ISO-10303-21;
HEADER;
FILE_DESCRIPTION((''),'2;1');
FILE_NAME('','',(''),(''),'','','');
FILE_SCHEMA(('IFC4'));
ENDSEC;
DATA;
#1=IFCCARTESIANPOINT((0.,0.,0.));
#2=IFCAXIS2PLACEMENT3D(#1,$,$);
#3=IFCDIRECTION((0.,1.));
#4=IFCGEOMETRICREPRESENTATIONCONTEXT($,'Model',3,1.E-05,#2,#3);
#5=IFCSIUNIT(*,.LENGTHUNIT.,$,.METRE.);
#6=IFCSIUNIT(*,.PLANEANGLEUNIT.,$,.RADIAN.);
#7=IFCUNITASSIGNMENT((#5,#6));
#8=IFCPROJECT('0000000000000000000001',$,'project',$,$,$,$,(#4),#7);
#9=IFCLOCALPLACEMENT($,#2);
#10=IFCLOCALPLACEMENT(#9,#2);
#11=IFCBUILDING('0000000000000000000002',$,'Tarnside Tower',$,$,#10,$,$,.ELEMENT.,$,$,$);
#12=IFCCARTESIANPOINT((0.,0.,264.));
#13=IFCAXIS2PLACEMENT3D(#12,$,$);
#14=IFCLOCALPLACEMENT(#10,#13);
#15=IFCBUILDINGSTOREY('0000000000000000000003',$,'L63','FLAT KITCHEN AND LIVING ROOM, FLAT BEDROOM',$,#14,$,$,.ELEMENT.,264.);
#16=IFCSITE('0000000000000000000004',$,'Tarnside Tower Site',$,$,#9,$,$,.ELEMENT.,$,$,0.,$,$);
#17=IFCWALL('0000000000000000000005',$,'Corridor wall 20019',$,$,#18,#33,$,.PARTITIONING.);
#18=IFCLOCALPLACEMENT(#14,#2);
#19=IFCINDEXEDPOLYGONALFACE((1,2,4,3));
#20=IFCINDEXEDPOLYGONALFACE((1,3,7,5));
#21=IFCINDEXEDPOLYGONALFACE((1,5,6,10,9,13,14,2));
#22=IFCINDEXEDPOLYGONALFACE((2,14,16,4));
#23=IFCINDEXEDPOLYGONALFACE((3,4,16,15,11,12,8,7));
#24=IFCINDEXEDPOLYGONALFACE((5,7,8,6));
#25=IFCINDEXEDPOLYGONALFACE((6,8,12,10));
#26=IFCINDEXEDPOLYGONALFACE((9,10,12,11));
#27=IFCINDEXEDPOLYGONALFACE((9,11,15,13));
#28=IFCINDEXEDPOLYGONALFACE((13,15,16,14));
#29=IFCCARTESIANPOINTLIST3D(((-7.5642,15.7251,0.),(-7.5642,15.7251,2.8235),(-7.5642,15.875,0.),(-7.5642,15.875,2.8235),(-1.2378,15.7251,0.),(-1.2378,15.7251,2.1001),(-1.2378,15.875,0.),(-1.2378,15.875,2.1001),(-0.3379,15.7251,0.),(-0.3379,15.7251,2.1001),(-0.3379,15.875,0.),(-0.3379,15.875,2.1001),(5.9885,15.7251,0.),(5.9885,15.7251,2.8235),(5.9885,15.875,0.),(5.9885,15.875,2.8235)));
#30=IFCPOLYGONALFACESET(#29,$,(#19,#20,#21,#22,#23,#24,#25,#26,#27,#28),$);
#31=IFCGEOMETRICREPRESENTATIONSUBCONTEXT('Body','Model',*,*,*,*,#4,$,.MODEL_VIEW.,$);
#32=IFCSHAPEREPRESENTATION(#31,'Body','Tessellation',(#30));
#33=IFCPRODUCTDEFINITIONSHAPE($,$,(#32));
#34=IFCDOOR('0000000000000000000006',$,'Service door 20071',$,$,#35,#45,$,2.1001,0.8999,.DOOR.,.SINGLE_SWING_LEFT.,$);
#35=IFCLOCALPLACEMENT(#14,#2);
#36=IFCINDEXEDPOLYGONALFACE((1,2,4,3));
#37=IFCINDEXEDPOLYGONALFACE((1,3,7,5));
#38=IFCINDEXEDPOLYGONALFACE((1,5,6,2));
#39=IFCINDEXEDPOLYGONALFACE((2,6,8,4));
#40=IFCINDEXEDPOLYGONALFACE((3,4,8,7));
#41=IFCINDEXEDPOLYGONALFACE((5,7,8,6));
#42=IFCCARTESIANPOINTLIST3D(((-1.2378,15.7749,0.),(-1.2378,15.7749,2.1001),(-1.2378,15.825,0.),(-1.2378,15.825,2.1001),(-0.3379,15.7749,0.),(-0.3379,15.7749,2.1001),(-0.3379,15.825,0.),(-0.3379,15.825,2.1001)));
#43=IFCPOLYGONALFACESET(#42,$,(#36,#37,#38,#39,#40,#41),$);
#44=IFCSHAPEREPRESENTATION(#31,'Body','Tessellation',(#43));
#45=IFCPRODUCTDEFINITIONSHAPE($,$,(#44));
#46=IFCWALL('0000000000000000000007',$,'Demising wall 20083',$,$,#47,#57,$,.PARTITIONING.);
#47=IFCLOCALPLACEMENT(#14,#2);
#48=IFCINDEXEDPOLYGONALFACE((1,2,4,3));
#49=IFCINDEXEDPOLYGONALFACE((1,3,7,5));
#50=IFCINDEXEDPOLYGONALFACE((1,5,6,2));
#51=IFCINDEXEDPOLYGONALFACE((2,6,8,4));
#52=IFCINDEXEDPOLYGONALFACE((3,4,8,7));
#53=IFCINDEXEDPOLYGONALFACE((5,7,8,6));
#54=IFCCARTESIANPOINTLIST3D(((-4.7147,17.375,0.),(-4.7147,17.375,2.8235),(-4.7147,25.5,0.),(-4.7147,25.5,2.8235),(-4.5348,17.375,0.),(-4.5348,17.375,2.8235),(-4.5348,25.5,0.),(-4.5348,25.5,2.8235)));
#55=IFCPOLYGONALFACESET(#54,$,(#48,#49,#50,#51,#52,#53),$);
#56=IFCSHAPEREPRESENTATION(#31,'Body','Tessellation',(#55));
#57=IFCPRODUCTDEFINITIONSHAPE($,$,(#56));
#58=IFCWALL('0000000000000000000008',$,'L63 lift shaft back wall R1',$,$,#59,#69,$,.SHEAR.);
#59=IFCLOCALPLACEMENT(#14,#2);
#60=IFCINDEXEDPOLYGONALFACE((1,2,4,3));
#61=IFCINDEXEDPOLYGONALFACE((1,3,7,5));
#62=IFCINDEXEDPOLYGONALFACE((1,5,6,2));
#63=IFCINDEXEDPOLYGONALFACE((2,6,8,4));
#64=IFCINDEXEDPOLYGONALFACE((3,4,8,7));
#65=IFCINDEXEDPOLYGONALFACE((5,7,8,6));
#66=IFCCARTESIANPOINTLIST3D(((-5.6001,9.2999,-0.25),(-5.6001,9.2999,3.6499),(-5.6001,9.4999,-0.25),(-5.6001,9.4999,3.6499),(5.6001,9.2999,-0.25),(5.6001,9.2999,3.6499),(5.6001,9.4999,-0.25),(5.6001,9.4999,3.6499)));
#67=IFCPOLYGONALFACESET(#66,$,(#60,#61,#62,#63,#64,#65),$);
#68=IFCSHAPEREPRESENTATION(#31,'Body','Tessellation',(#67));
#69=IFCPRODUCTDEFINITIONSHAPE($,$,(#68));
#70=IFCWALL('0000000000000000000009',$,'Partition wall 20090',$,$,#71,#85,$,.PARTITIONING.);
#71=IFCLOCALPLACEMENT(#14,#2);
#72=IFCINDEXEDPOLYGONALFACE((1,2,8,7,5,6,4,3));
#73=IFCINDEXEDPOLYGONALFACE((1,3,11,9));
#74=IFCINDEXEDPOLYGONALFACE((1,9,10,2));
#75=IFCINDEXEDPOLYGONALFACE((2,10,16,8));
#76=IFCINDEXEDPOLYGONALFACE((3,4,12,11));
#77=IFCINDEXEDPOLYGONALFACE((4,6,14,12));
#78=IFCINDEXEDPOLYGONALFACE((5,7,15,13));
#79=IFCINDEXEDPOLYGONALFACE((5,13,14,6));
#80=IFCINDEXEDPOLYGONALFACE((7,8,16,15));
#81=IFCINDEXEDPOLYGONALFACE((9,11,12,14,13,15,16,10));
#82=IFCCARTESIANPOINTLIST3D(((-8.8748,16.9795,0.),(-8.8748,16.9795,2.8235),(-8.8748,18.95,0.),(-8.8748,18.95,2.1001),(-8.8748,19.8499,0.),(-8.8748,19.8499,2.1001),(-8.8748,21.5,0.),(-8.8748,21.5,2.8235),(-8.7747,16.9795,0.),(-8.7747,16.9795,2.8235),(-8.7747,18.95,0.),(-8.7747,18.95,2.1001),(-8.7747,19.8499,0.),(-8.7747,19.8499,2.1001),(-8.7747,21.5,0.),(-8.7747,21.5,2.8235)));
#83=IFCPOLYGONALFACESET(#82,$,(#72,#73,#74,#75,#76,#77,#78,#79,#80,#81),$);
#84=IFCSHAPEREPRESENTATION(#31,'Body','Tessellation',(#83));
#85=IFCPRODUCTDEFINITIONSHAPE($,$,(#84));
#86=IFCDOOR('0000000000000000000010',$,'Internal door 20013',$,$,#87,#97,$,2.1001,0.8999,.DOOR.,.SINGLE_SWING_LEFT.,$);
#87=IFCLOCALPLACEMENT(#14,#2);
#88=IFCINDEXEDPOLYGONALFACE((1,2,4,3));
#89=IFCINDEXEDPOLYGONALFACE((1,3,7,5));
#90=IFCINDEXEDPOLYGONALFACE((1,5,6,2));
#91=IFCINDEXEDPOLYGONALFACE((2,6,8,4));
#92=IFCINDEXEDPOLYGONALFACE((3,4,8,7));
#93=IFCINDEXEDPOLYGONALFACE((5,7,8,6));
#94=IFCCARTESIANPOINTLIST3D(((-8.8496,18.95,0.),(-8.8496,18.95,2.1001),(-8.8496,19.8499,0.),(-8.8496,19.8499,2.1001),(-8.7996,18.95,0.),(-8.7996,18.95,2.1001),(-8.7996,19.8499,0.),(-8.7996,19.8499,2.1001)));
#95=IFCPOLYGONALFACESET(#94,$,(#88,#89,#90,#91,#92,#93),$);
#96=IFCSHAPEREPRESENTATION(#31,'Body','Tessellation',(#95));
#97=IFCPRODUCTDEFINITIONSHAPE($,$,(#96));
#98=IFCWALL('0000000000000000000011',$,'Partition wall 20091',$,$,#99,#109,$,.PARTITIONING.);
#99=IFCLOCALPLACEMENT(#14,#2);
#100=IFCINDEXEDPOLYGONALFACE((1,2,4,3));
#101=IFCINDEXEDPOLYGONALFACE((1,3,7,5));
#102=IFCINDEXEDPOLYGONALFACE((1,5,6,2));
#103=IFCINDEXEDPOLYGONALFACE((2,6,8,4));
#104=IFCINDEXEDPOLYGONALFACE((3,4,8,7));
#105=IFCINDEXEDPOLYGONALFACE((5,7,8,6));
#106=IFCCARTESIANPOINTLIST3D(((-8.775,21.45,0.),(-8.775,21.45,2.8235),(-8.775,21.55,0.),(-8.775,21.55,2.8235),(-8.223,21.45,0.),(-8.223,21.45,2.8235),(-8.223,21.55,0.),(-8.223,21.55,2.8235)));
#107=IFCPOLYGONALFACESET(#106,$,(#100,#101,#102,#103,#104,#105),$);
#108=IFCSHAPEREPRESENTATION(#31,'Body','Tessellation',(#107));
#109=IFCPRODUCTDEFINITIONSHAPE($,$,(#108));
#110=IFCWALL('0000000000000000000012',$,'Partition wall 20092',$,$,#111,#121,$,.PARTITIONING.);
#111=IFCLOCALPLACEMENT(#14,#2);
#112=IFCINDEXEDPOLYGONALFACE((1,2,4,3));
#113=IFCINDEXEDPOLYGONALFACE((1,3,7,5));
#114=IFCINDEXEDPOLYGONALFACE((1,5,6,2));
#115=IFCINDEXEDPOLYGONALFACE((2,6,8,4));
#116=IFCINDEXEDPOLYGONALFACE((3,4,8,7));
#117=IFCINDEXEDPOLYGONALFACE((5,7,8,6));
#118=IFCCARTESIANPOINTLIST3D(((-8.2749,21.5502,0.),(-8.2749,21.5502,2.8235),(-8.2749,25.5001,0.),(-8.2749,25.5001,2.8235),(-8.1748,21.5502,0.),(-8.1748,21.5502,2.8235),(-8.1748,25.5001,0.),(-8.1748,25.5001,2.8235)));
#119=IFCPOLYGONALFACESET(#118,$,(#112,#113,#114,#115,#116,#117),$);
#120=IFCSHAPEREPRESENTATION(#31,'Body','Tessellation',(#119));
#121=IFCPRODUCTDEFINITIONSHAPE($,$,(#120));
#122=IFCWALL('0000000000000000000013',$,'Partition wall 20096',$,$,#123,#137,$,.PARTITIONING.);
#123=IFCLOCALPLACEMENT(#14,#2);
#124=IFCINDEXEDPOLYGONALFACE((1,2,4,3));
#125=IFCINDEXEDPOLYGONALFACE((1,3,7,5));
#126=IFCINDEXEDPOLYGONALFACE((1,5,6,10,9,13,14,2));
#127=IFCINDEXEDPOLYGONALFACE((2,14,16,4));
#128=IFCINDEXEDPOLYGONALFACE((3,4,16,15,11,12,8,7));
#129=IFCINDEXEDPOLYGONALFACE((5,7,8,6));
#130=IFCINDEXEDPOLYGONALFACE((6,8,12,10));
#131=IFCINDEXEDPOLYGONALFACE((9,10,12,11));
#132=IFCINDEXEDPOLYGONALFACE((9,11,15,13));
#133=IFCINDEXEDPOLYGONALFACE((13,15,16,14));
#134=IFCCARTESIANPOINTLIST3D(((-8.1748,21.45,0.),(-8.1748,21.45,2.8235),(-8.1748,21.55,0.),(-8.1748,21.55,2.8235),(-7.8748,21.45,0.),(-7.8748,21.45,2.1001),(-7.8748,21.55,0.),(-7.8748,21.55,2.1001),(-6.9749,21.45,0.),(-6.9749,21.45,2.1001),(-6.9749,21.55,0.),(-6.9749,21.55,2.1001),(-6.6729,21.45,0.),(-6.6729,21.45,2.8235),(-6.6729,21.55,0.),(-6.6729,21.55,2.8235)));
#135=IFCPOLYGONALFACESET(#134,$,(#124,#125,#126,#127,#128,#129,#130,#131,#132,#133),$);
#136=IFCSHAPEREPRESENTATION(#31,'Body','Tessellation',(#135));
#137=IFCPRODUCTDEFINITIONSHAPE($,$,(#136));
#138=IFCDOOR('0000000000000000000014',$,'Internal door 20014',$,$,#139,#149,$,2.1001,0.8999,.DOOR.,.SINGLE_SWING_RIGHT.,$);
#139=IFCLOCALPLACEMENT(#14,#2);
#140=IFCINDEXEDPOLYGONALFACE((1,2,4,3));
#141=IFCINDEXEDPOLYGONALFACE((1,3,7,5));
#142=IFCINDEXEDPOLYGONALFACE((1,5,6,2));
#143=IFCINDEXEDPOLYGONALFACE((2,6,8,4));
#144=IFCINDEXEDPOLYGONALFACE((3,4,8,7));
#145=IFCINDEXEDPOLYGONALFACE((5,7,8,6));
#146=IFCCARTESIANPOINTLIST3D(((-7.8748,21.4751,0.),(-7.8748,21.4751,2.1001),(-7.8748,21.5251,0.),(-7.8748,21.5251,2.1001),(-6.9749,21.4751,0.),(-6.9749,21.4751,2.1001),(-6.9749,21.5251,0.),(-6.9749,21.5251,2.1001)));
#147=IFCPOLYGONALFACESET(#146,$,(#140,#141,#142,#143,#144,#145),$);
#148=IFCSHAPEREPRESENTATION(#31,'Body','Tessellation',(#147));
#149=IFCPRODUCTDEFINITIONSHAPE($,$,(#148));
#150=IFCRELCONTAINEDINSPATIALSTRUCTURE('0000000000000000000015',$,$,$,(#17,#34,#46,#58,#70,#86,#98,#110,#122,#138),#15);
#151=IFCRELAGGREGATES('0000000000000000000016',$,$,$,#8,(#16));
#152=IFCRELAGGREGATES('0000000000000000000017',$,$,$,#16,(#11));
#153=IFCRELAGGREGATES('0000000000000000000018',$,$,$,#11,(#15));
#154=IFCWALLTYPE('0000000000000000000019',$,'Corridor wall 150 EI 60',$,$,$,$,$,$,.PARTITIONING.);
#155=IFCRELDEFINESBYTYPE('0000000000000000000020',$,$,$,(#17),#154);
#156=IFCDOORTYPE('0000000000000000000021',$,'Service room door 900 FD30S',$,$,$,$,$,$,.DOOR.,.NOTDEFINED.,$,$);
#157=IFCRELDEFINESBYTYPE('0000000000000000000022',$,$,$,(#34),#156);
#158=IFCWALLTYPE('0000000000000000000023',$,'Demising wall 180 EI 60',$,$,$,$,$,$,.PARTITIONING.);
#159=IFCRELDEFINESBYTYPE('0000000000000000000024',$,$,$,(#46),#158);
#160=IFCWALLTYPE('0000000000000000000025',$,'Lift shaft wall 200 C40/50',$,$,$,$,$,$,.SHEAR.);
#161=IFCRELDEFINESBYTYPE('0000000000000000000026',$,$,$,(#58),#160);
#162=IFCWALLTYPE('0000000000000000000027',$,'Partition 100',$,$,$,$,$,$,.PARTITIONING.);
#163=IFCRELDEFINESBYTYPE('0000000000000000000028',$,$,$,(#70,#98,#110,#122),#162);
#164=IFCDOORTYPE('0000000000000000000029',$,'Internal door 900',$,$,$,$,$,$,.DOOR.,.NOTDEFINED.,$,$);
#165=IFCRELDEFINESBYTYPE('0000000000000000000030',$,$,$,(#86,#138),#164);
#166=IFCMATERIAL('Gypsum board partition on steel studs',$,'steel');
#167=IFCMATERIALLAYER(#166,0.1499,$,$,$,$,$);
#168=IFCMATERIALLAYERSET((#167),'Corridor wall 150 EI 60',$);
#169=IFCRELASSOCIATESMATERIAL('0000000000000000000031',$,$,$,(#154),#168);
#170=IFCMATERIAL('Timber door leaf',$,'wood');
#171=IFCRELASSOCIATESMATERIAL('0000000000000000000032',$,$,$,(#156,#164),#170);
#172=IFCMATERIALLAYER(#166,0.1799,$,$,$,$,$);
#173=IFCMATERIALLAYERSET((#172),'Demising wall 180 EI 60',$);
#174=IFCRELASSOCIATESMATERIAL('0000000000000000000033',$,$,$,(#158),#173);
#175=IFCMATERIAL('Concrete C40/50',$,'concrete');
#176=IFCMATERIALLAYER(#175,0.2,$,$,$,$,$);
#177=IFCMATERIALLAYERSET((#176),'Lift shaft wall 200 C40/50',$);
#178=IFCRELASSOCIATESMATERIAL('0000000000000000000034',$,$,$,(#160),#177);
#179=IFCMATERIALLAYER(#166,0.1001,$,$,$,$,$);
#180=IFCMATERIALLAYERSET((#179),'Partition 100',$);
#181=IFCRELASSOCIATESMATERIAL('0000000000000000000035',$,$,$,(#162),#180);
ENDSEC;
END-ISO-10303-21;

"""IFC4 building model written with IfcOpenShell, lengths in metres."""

from ifc_helpers import new_model, si_unit, direction, frame, frame_2d, origin, place, context, subcontext, project, spatial, rectangle, extrude, material, layer, layer_set, type_object, element, fill, save


model = new_model("IFC4")

# Units and contexts
model_context = context("Model", 3, precision=1e-05, world=origin(), true_north=direction((0.0, 1.0)))
body_context = subcontext(model_context, "Body", "Model", "MODEL_VIEW")
ifc_project = project(units=[si_unit("LENGTHUNIT", "METRE"), si_unit("PLANEANGLEUNIT", "RADIAN")], contexts=[model_context])

# Site, building, storey
site_placement = place(None, origin())
site = spatial("IfcSite", under=ifc_project, at=site_placement, Name="Tarnside Tower Site", CompositionType="ELEMENT", RefElevation=0.0)
building_placement = place(site_placement, origin())
building = spatial("IfcBuilding", under=site, at=building_placement, Name="Tarnside Tower", CompositionType="ELEMENT")
storey_placement = place(building_placement, frame((0.0, 0.0, 264.0)))
storey = spatial("IfcBuildingStorey", under=building, at=storey_placement, Name="L63", Description="FLAT KITCHEN AND LIVING ROOM, FLAT BEDROOM", CompositionType="ELEMENT", Elevation=264.0)

# Shared definitions
ifc_material_1 = material(Name="Gypsum board partition on steel studs", Category="steel")
ifc_material_2 = material(Name="Timber door leaf", Category="wood")

# Shared definitions
ifc_layer_1 = layer(ifc_material_1, 0.1499)
ifc_layer_set_1 = layer_set([ifc_layer_1], Name="Corridor wall 150 EI 60")
wall_type_1 = type_object("IfcWallType", Name="Corridor wall 150 EI 60", PredefinedType="PARTITIONING", material=ifc_layer_set_1)

# Wall, opening, door
wall_1_placement = place(storey_placement, frame((-7.5642, 15.8, 0.0), z_axis=(0.0, 0.0, 1.0), x_axis=(1.0, 0.0, 0.0)))
wall_1 = element("IfcWall", 1, at=wall_1_placement, inside=storey, type_object=wall_type_1, Name="Corridor wall 20019", PredefinedType="PARTITIONING", context=body_context, shape_type="SweptSolid", body=[
    extrude(rectangle(XDim=13.5527, YDim=0.1499, at=frame_2d((6.7764, 0.0))), origin(), (0.0, 0.0, 1.0), 2.8235),
])
opening_1_placement = place(wall_1_placement, frame((6.3264, 0.0, 0.0)))
opening_1 = element("IfcOpeningElement", 2, at=opening_1_placement, cuts=wall_1, PredefinedType="OPENING", context=body_context, shape_type="SweptSolid", body=[
    extrude(rectangle(XDim=0.8999, YDim=2.1001, at=frame_2d((0.45, 1.05))), frame((0.0, 0.085, 0.0), z_axis=(0.0, -1.0, 0.0), x_axis=(1.0, 0.0, 0.0)), (0.0, 0.0, 1.0), 0.1699),
])
door_type_1 = type_object("IfcDoorType", Name="Service room door 900 FD30S", OperationType="NOTDEFINED", PredefinedType="DOOR", material=ifc_material_2)
door_1_placement = place(opening_1_placement, origin())
door_1 = element("IfcDoor", 3, at=door_1_placement, inside=storey, type_object=door_type_1, Name="Service door 20071", OperationType="SINGLE_SWING_LEFT", OverallHeight=2.1001, OverallWidth=0.8999, PredefinedType="DOOR", context=body_context, shape_type="SweptSolid", body=[
    extrude(rectangle(XDim=0.8999, YDim=2.1001, at=frame_2d((0.45, 1.05))), frame((0.0, 0.0249, 0.0), z_axis=(0.0, -1.0, 0.0), x_axis=(1.0, 0.0, 0.0)), (0.0, 0.0, 1.0), 0.05),
])
fill(opening_1, door_1)

# Walls
ifc_layer_2 = layer(ifc_material_1, 0.1799)
ifc_layer_set_2 = layer_set([ifc_layer_2], Name="Demising wall 180 EI 60")
wall_type_2 = type_object("IfcWallType", Name="Demising wall 180 EI 60", PredefinedType="PARTITIONING", material=ifc_layer_set_2)
wall_2_placement = place(storey_placement, frame((-4.6248, 25.5, 0.0), z_axis=(0.0, 0.0, 1.0), x_axis=(0.0, -1.0, 0.0)))
element("IfcWall", 4, at=wall_2_placement, inside=storey, type_object=wall_type_2, Name="Demising wall 20083", PredefinedType="PARTITIONING", context=body_context, shape_type="SweptSolid", body=[
    extrude(rectangle(XDim=8.125, YDim=0.1799, at=frame_2d((4.0625, 0.0))), origin(), (0.0, 0.0, 1.0), 2.8235),
])
ifc_material_3 = material(Name="Concrete C40/50", Category="concrete")
ifc_layer_3 = layer(ifc_material_3, 0.2)
ifc_layer_set_3 = layer_set([ifc_layer_3], Name="Lift shaft wall 200 C40/50")
wall_type_3 = type_object("IfcWallType", Name="Lift shaft wall 200 C40/50", PredefinedType="SHEAR", material=ifc_layer_set_3)
wall_3_placement = place(storey_placement, frame((-5.6001, 9.3999, -0.25), z_axis=(0.0, 0.0, 1.0), x_axis=(1.0, 0.0, 0.0)))
element("IfcWall", 5, at=wall_3_placement, inside=storey, type_object=wall_type_3, Name="L63 lift shaft back wall R1", PredefinedType="SHEAR", context=body_context, shape_type="SweptSolid", body=[
    extrude(rectangle(XDim=11.2002, YDim=0.2, at=frame_2d((5.6001, 0.0))), origin(), (0.0, 0.0, 1.0), 3.8999),
])

# Wall, opening, door
ifc_layer_4 = layer(ifc_material_1, 0.1001)
ifc_layer_set_4 = layer_set([ifc_layer_4], Name="Partition 100")
wall_type_4 = type_object("IfcWallType", Name="Partition 100", PredefinedType="PARTITIONING", material=ifc_layer_set_4)
wall_4_placement = place(storey_placement, frame((-8.8247, 16.9795, 0.0), z_axis=(0.0, 0.0, 1.0), x_axis=(0.0, 1.0, 0.0)))
wall_4 = element("IfcWall", 6, at=wall_4_placement, inside=storey, type_object=wall_type_4, Name="Partition wall 20090", PredefinedType="PARTITIONING", context=body_context, shape_type="SweptSolid", body=[
    extrude(rectangle(XDim=4.5205, YDim=0.1001, at=frame_2d((2.2603, 0.0))), origin(), (0.0, 0.0, 1.0), 2.8235),
])
opening_2_placement = place(wall_4_placement, frame((1.9705, 0.0, 0.0)))
opening_2 = element("IfcOpeningElement", 7, at=opening_2_placement, cuts=wall_4, PredefinedType="OPENING", context=body_context, shape_type="SweptSolid", body=[
    extrude(rectangle(XDim=0.8999, YDim=2.1001, at=frame_2d((0.45, 1.05))), frame((0.0, 0.0601, 0.0), z_axis=(0.0, -1.0, 0.0), x_axis=(1.0, 0.0, 0.0)), (0.0, 0.0, 1.0), 0.1201),
])
door_type_2 = type_object("IfcDoorType", Name="Internal door 900", OperationType="NOTDEFINED", PredefinedType="DOOR", material=ifc_material_2)
door_2_placement = place(opening_2_placement, origin())
door_2 = element("IfcDoor", 8, at=door_2_placement, inside=storey, type_object=door_type_2, Name="Internal door 20013", OperationType="SINGLE_SWING_LEFT", OverallHeight=2.1001, OverallWidth=0.8999, PredefinedType="DOOR", context=body_context, shape_type="SweptSolid", body=[
    extrude(rectangle(XDim=0.8999, YDim=2.1001, at=frame_2d((0.45, 1.05))), frame((0.0, 0.0249, 0.0), z_axis=(0.0, -1.0, 0.0), x_axis=(1.0, 0.0, 0.0)), (0.0, 0.0, 1.0), 0.05),
])
fill(opening_2, door_2)

# Walls
wall_5_placement = place(storey_placement, frame((-8.7749, 21.5, 0.0), z_axis=(0.0, 0.0, 1.0), x_axis=(1.0, 0.0, 0.0)))
element("IfcWall", 9, at=wall_5_placement, inside=storey, type_object=wall_type_4, Name="Partition wall 20091", PredefinedType="PARTITIONING", context=body_context, shape_type="SweptSolid", body=[
    extrude(rectangle(XDim=0.552, YDim=0.1001, at=frame_2d((0.2759, 0.0))), origin(), (0.0, 0.0, 1.0), 2.8235),
])
wall_6_placement = place(storey_placement, frame((-8.2249, 21.55, 0.0), z_axis=(0.0, 0.0, 1.0), x_axis=(0.0, 1.0, 0.0)))
element("IfcWall", 10, at=wall_6_placement, inside=storey, type_object=wall_type_4, Name="Partition wall 20092", PredefinedType="PARTITIONING", context=body_context, shape_type="SweptSolid", body=[
    extrude(rectangle(XDim=3.95, YDim=0.1001, at=frame_2d((1.9751, 0.0))), origin(), (0.0, 0.0, 1.0), 2.8235),
])

# Wall, opening, door
wall_7_placement = place(storey_placement, frame((-6.6729, 21.5, 0.0), z_axis=(0.0, 0.0, 1.0), x_axis=(-1.0, 0.0, 0.0)))
wall_7 = element("IfcWall", 11, at=wall_7_placement, inside=storey, type_object=wall_type_4, Name="Partition wall 20096", PredefinedType="PARTITIONING", context=body_context, shape_type="SweptSolid", body=[
    extrude(rectangle(XDim=1.502, YDim=0.1001, at=frame_2d((0.751, 0.0))), origin(), (0.0, 0.0, 1.0), 2.8235),
])
opening_3_placement = place(wall_7_placement, frame((0.302, 0.0, 0.0)))
opening_3 = element("IfcOpeningElement", 12, at=opening_3_placement, cuts=wall_7, PredefinedType="OPENING", context=body_context, shape_type="SweptSolid", body=[
    extrude(rectangle(XDim=0.8999, YDim=2.1001, at=frame_2d((0.45, 1.05))), frame((0.0, 0.0601, 0.0), z_axis=(0.0, -1.0, 0.0), x_axis=(1.0, 0.0, 0.0)), (0.0, 0.0, 1.0), 0.1201),
])
door_3_placement = place(opening_3_placement, origin())
door_3 = element("IfcDoor", 13, at=door_3_placement, inside=storey, type_object=door_type_2, Name="Internal door 20014", OperationType="SINGLE_SWING_RIGHT", OverallHeight=2.1001, OverallWidth=0.8999, PredefinedType="DOOR", context=body_context, shape_type="SweptSolid", body=[
    extrude(rectangle(XDim=0.8999, YDim=2.1001, at=frame_2d((0.45, 1.05))), frame((0.0, 0.0249, 0.0), z_axis=(0.0, -1.0, 0.0), x_axis=(1.0, 0.0, 0.0)), (0.0, 0.0, 1.0), 0.05),
])
fill(opening_3, door_3)

save(model, "model.ifc")
